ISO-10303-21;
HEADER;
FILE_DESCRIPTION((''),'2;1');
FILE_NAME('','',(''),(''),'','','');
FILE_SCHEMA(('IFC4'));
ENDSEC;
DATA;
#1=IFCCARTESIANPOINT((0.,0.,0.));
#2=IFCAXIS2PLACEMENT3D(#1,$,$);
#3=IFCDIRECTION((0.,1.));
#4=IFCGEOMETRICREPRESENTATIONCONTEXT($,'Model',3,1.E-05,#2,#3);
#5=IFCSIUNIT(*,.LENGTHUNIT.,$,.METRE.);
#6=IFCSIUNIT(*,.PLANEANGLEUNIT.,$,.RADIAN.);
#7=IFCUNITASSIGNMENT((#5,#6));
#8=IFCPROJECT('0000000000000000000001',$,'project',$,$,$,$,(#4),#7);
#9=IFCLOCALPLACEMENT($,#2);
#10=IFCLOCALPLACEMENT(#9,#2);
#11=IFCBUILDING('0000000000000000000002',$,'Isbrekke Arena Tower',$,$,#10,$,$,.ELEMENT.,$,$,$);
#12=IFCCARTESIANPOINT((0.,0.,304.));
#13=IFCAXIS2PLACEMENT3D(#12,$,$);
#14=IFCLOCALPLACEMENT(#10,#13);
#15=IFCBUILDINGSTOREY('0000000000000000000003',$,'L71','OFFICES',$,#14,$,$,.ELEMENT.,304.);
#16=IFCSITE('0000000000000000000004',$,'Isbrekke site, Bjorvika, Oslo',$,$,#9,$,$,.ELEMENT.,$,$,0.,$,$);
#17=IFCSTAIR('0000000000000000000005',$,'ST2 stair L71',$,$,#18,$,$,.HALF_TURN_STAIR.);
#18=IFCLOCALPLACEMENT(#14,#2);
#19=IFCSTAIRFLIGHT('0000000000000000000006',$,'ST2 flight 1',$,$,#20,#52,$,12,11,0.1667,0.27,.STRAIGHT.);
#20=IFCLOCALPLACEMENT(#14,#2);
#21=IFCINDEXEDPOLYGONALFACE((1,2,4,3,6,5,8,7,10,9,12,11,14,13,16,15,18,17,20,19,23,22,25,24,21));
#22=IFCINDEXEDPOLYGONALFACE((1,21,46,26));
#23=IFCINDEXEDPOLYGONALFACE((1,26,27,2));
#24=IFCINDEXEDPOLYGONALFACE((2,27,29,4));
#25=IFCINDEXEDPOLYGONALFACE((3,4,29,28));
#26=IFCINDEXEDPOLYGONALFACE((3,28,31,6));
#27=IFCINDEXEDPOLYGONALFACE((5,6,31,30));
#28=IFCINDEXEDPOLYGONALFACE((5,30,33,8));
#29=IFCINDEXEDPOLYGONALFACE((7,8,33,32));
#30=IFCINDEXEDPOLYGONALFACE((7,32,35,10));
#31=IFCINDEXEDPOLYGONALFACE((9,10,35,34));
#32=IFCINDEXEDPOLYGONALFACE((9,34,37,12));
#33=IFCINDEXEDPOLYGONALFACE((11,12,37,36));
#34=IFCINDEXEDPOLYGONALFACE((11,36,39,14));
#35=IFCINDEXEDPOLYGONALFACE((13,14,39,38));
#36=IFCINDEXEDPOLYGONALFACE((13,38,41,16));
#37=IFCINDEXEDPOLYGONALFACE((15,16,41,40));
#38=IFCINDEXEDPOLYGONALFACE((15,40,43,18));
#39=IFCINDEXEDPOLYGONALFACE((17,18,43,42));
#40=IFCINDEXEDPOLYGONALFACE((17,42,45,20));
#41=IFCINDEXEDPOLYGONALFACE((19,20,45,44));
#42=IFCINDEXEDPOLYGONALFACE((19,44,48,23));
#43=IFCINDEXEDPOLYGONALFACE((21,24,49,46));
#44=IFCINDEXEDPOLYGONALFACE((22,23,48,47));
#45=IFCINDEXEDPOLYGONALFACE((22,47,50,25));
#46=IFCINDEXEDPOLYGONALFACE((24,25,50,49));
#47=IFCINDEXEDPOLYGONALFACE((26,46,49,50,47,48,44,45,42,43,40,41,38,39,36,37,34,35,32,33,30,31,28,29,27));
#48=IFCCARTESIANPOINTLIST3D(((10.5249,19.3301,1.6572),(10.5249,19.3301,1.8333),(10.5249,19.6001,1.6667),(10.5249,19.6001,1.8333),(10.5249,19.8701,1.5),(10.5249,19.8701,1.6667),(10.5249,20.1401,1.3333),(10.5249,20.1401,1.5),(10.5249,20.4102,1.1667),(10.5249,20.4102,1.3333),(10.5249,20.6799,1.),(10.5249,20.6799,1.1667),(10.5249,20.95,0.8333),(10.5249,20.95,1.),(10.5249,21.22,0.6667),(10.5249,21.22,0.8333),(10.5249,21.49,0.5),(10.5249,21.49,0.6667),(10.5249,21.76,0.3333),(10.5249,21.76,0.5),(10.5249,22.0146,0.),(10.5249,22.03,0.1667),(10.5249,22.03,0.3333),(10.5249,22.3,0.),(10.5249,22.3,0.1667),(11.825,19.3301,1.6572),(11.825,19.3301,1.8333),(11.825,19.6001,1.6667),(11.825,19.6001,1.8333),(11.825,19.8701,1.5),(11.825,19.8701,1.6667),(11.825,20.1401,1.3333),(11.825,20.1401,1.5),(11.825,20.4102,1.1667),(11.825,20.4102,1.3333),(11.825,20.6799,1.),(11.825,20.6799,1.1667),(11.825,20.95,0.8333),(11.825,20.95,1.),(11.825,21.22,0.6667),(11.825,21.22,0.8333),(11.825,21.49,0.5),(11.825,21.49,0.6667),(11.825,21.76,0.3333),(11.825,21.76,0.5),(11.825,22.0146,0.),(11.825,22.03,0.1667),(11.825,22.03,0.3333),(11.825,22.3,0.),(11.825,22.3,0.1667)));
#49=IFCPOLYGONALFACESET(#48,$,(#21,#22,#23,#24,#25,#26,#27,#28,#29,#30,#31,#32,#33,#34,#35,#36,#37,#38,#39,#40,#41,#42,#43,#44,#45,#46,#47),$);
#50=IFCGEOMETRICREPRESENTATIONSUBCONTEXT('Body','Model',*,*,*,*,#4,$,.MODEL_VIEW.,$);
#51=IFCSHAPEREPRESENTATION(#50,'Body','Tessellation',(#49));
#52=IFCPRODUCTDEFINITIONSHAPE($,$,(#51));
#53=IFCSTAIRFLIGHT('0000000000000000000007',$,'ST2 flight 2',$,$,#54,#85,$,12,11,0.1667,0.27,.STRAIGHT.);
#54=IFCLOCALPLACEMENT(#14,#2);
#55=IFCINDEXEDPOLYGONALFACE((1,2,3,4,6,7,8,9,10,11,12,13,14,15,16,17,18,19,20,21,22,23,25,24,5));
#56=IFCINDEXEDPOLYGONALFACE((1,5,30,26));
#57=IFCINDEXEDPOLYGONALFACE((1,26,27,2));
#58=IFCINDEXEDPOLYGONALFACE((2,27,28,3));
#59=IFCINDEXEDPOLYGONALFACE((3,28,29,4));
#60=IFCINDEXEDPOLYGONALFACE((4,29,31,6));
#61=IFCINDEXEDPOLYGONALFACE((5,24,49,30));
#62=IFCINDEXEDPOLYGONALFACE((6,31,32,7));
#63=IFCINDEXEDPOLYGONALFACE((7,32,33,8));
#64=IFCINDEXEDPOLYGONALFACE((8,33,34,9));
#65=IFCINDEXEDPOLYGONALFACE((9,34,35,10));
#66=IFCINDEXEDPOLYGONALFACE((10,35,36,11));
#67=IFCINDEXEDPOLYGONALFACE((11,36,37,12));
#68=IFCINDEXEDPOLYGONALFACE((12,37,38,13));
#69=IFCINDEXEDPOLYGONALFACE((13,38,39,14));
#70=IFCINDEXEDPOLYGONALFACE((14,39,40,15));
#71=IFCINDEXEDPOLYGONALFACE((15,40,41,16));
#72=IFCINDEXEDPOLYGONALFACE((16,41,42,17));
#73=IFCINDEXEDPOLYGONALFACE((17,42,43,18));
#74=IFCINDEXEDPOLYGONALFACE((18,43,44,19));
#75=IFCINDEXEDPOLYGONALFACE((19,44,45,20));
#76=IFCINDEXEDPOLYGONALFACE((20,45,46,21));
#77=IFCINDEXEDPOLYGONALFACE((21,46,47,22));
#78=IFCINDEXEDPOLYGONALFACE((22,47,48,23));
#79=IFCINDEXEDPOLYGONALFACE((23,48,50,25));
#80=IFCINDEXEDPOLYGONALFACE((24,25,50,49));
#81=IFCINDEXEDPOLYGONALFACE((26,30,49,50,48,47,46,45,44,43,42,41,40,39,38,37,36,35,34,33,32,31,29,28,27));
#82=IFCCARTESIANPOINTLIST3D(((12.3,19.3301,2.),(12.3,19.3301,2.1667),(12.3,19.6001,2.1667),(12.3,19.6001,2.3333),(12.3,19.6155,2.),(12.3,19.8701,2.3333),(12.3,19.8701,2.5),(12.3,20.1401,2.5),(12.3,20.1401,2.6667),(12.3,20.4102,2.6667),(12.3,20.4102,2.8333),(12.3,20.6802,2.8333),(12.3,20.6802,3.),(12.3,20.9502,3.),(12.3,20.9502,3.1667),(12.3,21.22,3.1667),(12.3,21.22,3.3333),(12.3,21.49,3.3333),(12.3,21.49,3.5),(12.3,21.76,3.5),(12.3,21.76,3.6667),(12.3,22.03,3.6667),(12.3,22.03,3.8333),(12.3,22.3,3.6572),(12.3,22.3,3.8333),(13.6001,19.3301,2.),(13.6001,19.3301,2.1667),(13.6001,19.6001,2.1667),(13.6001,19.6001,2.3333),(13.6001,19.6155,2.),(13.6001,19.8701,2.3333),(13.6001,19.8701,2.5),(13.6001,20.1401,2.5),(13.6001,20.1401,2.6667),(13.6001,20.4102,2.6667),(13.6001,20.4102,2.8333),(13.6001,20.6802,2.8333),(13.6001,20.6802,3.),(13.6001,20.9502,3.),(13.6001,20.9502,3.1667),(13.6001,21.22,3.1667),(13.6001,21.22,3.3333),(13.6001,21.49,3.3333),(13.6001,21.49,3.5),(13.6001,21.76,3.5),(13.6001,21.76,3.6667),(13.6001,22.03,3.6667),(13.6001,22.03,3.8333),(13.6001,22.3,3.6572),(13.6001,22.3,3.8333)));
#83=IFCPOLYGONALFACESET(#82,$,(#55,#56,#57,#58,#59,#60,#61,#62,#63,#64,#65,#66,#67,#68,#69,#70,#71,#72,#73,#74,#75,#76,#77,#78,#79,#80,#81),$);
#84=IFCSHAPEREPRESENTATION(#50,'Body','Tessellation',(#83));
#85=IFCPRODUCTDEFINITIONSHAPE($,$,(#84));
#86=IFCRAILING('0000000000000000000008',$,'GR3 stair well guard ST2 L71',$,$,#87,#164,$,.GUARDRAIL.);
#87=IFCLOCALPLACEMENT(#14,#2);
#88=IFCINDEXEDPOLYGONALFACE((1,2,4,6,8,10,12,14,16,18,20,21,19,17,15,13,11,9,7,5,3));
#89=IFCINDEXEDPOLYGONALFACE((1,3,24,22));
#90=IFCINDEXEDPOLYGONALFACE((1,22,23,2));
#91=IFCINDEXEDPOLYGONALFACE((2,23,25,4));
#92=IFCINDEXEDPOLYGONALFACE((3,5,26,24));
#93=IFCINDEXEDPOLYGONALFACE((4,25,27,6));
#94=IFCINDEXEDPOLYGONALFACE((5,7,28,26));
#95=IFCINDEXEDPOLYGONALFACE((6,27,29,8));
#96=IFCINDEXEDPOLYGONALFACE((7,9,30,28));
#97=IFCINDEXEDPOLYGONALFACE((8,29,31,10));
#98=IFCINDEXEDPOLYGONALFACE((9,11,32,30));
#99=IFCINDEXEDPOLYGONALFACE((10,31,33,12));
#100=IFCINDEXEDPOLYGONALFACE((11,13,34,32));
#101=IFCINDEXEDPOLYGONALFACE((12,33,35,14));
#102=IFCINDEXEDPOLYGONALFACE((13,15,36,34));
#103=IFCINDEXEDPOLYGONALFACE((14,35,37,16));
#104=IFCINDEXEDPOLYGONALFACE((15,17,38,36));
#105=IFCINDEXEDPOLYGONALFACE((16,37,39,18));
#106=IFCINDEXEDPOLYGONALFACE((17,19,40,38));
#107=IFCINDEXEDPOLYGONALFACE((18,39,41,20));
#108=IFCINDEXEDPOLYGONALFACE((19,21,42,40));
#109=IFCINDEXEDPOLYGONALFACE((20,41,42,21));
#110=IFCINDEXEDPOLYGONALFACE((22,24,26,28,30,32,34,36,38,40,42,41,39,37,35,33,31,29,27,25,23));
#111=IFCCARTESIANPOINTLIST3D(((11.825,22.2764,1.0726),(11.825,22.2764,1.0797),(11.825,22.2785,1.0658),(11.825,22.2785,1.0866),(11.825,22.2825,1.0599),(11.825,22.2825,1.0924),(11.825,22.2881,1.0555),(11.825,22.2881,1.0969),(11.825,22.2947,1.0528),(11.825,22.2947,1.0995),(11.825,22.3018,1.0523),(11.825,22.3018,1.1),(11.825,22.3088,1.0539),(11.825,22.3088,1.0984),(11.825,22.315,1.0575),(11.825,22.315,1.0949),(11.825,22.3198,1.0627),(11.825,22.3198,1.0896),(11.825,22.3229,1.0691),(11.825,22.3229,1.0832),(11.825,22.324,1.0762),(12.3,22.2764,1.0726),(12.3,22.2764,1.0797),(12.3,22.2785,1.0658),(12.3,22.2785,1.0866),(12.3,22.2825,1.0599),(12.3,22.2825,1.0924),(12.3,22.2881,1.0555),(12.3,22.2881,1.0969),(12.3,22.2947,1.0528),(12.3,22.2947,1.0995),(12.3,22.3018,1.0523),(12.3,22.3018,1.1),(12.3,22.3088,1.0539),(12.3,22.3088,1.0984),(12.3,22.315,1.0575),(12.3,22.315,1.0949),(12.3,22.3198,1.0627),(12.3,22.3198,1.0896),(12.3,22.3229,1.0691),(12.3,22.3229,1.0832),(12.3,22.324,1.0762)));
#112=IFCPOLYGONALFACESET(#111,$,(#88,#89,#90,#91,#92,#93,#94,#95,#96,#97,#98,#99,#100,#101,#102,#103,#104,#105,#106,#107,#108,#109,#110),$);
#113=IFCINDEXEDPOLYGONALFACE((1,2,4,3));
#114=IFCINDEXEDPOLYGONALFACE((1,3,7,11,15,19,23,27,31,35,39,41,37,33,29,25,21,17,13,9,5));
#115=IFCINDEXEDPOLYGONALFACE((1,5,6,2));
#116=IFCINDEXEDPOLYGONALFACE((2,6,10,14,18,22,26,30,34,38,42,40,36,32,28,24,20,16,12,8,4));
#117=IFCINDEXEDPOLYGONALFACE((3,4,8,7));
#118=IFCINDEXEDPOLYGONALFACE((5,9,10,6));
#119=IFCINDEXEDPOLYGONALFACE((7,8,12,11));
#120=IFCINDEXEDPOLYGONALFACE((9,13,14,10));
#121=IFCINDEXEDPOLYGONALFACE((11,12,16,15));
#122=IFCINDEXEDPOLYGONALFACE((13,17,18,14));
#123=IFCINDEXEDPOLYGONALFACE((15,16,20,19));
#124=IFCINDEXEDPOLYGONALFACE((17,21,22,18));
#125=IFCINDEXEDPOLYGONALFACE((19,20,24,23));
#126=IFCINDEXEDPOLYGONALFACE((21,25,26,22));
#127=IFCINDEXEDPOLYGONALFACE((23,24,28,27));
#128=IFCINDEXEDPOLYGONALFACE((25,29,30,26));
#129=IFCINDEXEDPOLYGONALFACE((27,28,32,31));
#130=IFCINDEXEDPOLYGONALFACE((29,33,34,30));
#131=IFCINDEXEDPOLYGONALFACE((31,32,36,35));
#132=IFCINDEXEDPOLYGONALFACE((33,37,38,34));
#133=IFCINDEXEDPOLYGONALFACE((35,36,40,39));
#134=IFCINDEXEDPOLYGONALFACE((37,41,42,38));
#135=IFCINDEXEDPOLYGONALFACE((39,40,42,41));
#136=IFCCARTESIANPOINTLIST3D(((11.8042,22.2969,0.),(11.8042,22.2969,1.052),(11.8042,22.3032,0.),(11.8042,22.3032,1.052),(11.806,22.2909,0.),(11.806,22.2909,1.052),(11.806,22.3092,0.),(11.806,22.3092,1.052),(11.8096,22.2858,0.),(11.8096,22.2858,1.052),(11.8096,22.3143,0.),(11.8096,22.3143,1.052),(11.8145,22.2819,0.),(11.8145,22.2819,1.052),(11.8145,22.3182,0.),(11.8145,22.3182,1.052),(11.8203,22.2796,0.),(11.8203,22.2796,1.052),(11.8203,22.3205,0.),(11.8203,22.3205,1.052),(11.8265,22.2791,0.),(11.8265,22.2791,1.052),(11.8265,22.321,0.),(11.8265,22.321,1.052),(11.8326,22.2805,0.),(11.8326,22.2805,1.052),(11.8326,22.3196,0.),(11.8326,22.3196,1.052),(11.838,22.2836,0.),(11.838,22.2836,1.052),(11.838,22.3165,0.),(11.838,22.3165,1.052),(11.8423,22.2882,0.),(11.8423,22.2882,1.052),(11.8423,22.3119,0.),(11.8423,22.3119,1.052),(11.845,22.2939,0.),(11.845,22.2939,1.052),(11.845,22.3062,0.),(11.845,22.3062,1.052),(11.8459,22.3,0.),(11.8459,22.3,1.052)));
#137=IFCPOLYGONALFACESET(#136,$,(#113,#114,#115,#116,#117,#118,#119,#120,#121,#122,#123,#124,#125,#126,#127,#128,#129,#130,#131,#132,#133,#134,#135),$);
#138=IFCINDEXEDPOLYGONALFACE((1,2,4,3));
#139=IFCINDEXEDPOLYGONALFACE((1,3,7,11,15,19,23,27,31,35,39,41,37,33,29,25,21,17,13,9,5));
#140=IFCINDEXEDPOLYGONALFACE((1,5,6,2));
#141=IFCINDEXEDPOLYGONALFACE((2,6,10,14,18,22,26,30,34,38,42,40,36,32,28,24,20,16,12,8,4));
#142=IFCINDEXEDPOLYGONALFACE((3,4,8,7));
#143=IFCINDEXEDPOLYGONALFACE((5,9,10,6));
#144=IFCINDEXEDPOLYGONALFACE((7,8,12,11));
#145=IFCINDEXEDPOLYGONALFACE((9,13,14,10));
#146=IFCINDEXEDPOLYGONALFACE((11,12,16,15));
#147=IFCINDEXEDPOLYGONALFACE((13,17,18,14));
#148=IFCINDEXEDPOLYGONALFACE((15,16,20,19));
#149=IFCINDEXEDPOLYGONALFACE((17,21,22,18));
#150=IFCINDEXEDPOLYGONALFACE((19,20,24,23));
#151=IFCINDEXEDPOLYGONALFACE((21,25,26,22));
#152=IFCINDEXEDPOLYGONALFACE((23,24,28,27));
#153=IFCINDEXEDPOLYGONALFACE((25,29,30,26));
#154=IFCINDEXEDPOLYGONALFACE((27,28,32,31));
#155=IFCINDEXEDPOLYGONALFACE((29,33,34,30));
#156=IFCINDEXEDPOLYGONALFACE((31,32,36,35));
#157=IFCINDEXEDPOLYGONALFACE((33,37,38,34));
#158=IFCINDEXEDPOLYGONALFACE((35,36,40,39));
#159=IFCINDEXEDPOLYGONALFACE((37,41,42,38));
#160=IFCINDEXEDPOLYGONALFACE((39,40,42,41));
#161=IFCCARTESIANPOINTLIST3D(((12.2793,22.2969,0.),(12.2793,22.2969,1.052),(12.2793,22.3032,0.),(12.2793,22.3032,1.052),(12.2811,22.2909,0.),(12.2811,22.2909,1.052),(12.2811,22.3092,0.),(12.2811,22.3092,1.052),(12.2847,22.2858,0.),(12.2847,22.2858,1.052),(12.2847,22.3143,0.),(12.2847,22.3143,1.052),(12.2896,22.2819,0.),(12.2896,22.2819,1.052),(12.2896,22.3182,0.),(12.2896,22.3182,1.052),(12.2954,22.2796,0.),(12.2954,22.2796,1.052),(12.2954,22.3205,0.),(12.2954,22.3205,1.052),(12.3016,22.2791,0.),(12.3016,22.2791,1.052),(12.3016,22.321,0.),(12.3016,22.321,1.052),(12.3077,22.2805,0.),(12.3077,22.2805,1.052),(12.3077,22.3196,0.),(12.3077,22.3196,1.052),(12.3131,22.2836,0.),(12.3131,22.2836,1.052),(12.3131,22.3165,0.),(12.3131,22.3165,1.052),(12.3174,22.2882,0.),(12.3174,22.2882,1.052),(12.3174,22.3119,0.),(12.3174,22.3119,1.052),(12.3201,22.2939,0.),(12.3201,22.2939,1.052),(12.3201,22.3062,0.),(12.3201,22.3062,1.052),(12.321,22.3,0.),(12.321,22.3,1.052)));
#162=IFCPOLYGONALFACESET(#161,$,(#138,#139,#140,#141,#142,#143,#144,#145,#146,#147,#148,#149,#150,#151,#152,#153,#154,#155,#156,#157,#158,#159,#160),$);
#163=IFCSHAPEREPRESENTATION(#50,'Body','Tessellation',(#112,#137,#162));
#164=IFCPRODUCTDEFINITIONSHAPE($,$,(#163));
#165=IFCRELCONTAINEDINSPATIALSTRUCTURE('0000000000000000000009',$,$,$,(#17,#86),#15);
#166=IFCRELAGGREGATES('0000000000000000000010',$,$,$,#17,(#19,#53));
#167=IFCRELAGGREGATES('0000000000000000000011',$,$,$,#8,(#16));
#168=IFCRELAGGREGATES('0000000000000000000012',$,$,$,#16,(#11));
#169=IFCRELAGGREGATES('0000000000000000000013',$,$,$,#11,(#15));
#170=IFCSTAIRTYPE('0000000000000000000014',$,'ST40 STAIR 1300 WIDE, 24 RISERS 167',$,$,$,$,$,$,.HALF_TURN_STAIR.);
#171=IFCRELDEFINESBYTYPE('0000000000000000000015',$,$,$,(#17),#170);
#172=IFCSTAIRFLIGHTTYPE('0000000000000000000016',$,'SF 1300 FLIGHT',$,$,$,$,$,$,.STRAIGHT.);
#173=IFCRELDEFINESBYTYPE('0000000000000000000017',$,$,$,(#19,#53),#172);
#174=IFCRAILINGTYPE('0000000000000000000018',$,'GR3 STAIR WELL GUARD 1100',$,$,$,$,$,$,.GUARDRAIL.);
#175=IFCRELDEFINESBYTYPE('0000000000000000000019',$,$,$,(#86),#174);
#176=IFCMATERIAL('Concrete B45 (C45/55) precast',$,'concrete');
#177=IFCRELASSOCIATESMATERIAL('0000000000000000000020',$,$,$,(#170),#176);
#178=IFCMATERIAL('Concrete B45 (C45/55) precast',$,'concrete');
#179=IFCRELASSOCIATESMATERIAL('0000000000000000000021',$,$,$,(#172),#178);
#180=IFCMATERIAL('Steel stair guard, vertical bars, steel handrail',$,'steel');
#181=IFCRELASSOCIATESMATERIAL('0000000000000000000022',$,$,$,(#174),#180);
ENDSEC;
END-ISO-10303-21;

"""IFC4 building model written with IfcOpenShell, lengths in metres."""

from ifc_helpers import new_model, si_unit, direction, frame, origin, origin_2d, place, context, subcontext, project, spatial, polyline, circle, outline, extrude, material, type_object, element, aggregate, save


model = new_model("IFC4")

# Units and contexts
model_context = context("Model", 3, precision=1e-05, world=origin(), true_north=direction((0.0, 1.0)))
body_context = subcontext(model_context, "Body", "Model", "MODEL_VIEW")
ifc_project = project(units=[si_unit("LENGTHUNIT", "METRE"), si_unit("PLANEANGLEUNIT", "RADIAN")], contexts=[model_context])

# Site, building, storey
site_placement = place(None, origin())
site = spatial("IfcSite", under=ifc_project, at=site_placement, Name="Isbrekke site, Bjorvika, Oslo", CompositionType="ELEMENT", RefElevation=0.0)
building_placement = place(site_placement, origin())
building = spatial("IfcBuilding", under=site, at=building_placement, Name="Isbrekke Arena Tower", CompositionType="ELEMENT")
storey_placement = place(building_placement, frame((0.0, 0.0, 304.0)))
storey = spatial("IfcBuildingStorey", under=building, at=storey_placement, Name="L71", Description="OFFICES", CompositionType="ELEMENT", Elevation=304.0)

# Stair, stair flights
ifc_material_1 = material(Name="Concrete B45 (C45/55) precast", Category="concrete")
stair_type = type_object("IfcStairType", Name="ST40 STAIR 1300 WIDE, 24 RISERS 167", PredefinedType="HALF_TURN_STAIR", material=ifc_material_1)
stair_placement = place(storey_placement, origin())
stair = element("IfcStair", 1, at=stair_placement, inside=storey, type_object=stair_type, Name="ST2 stair L71", PredefinedType="HALF_TURN_STAIR")
ifc_material_2 = material(Name="Concrete B45 (C45/55) precast", Category="concrete")
stair_flight_type = type_object("IfcStairFlightType", Name="SF 1300 FLIGHT", PredefinedType="STRAIGHT", material=ifc_material_2)
stair_flight_1_placement = place(storey_placement, frame((11.175, 22.3, 0.0), z_axis=(0.0, 0.0, 1.0), x_axis=(0.0, -1.0, 0.0)))
stair_flight_1 = element("IfcStairFlight", 2, at=stair_flight_1_placement, type_object=stair_flight_type, Name="ST2 flight 1", NumberOfRisers=12, NumberOfTreads=11, PredefinedType="STRAIGHT", RiserHeight=0.1667, TreadLength=0.27, context=body_context, shape_type="SweptSolid", body=[
    extrude(outline(polyline([(0.0, 0.0), (0.0, 0.1667), (0.27, 0.1667), (0.27, 0.3333), (0.54, 0.3333), (0.54, 0.5), (0.8101, 0.5), (0.8101, 0.6667), (1.0801, 0.6667), (1.0801, 0.8333), (1.3501, 0.8333), (1.3501, 1.0), (1.6201, 1.0), (1.6201, 1.1667), (1.8899, 1.1667), (1.8899, 1.3333), (2.1599, 1.3333), (2.1599, 1.5), (2.4299, 1.5), (2.4299, 1.6667), (2.7, 1.6667), (2.7, 1.8333), (2.97, 1.8333), (2.97, 2.0), (2.97, 1.6572), (0.2854, 0.0), (0.0, 0.0)])), frame((0.0, 0.6499, 0.0), z_axis=(0.0, -1.0, 0.0), x_axis=(1.0, 0.0, 0.0)), (0.0, 0.0, 1.0), 1.3),
])
stair_flight_2_placement = place(storey_placement, frame((12.95, 19.3301, 2.0), z_axis=(0.0, 0.0, 1.0), x_axis=(0.0, 1.0, 0.0)))
stair_flight_2 = element("IfcStairFlight", 3, at=stair_flight_2_placement, type_object=stair_flight_type, Name="ST2 flight 2", NumberOfRisers=12, NumberOfTreads=11, PredefinedType="STRAIGHT", RiserHeight=0.1667, TreadLength=0.27, context=body_context, shape_type="SweptSolid", body=[
    extrude(outline(polyline([(0.0, 0.0), (0.0, 0.1667), (0.27, 0.1667), (0.27, 0.3333), (0.54, 0.3333), (0.54, 0.5), (0.8101, 0.5), (0.8101, 0.6667), (1.0801, 0.6667), (1.0801, 0.8333), (1.3501, 0.8333), (1.3501, 1.0), (1.6201, 1.0), (1.6201, 1.1667), (1.8899, 1.1667), (1.8899, 1.3333), (2.1599, 1.3333), (2.1599, 1.5), (2.4299, 1.5), (2.4299, 1.6667), (2.7, 1.6667), (2.7, 1.8333), (2.97, 1.8333), (2.97, 2.0), (2.97, 1.6572), (0.2854, 0.0), (0.0, 0.0)])), frame((0.0, 0.6499, 0.0), z_axis=(0.0, -1.0, 0.0), x_axis=(1.0, 0.0, 0.0)), (0.0, 0.0, 1.0), 1.3),
])
aggregate(stair, [stair_flight_1, stair_flight_2])

# Railing
ifc_material_3 = material(Name="Steel stair guard, vertical bars, steel handrail", Category="steel")
railing_type = type_object("IfcRailingType", Name="GR3 STAIR WELL GUARD 1100", PredefinedType="GUARDRAIL", material=ifc_material_3)
for number, where, name in (
    (4, (11.825, 22.3, 0.0), "GR3 stair well guard ST2 L71"),
):
    element("IfcRailing", number, at=place(storey_placement, frame(where)), inside=storey, type_object=railing_type, Name=name, PredefinedType="GUARDRAIL", context=body_context, shape_type="SweptSolid", body=[
        extrude(circle(Radius=0.0239, at=origin_2d()), frame((0.0, 0.0, 1.0762), z_axis=(1.0, 0.0, 0.0), x_axis=(0.0, 1.0, 0.0)), (0.0, 0.0, 1.0), 0.4751),
        extrude(circle(Radius=0.021, at=origin_2d()), origin(), (0.0, 0.0, 1.0), 1.052),
        extrude(circle(Radius=0.021, at=origin_2d()), frame((0.4751, 0.0, 0.0)), (0.0, 0.0, 1.0), 1.052),
    ])

save(model, "model.ifc")
